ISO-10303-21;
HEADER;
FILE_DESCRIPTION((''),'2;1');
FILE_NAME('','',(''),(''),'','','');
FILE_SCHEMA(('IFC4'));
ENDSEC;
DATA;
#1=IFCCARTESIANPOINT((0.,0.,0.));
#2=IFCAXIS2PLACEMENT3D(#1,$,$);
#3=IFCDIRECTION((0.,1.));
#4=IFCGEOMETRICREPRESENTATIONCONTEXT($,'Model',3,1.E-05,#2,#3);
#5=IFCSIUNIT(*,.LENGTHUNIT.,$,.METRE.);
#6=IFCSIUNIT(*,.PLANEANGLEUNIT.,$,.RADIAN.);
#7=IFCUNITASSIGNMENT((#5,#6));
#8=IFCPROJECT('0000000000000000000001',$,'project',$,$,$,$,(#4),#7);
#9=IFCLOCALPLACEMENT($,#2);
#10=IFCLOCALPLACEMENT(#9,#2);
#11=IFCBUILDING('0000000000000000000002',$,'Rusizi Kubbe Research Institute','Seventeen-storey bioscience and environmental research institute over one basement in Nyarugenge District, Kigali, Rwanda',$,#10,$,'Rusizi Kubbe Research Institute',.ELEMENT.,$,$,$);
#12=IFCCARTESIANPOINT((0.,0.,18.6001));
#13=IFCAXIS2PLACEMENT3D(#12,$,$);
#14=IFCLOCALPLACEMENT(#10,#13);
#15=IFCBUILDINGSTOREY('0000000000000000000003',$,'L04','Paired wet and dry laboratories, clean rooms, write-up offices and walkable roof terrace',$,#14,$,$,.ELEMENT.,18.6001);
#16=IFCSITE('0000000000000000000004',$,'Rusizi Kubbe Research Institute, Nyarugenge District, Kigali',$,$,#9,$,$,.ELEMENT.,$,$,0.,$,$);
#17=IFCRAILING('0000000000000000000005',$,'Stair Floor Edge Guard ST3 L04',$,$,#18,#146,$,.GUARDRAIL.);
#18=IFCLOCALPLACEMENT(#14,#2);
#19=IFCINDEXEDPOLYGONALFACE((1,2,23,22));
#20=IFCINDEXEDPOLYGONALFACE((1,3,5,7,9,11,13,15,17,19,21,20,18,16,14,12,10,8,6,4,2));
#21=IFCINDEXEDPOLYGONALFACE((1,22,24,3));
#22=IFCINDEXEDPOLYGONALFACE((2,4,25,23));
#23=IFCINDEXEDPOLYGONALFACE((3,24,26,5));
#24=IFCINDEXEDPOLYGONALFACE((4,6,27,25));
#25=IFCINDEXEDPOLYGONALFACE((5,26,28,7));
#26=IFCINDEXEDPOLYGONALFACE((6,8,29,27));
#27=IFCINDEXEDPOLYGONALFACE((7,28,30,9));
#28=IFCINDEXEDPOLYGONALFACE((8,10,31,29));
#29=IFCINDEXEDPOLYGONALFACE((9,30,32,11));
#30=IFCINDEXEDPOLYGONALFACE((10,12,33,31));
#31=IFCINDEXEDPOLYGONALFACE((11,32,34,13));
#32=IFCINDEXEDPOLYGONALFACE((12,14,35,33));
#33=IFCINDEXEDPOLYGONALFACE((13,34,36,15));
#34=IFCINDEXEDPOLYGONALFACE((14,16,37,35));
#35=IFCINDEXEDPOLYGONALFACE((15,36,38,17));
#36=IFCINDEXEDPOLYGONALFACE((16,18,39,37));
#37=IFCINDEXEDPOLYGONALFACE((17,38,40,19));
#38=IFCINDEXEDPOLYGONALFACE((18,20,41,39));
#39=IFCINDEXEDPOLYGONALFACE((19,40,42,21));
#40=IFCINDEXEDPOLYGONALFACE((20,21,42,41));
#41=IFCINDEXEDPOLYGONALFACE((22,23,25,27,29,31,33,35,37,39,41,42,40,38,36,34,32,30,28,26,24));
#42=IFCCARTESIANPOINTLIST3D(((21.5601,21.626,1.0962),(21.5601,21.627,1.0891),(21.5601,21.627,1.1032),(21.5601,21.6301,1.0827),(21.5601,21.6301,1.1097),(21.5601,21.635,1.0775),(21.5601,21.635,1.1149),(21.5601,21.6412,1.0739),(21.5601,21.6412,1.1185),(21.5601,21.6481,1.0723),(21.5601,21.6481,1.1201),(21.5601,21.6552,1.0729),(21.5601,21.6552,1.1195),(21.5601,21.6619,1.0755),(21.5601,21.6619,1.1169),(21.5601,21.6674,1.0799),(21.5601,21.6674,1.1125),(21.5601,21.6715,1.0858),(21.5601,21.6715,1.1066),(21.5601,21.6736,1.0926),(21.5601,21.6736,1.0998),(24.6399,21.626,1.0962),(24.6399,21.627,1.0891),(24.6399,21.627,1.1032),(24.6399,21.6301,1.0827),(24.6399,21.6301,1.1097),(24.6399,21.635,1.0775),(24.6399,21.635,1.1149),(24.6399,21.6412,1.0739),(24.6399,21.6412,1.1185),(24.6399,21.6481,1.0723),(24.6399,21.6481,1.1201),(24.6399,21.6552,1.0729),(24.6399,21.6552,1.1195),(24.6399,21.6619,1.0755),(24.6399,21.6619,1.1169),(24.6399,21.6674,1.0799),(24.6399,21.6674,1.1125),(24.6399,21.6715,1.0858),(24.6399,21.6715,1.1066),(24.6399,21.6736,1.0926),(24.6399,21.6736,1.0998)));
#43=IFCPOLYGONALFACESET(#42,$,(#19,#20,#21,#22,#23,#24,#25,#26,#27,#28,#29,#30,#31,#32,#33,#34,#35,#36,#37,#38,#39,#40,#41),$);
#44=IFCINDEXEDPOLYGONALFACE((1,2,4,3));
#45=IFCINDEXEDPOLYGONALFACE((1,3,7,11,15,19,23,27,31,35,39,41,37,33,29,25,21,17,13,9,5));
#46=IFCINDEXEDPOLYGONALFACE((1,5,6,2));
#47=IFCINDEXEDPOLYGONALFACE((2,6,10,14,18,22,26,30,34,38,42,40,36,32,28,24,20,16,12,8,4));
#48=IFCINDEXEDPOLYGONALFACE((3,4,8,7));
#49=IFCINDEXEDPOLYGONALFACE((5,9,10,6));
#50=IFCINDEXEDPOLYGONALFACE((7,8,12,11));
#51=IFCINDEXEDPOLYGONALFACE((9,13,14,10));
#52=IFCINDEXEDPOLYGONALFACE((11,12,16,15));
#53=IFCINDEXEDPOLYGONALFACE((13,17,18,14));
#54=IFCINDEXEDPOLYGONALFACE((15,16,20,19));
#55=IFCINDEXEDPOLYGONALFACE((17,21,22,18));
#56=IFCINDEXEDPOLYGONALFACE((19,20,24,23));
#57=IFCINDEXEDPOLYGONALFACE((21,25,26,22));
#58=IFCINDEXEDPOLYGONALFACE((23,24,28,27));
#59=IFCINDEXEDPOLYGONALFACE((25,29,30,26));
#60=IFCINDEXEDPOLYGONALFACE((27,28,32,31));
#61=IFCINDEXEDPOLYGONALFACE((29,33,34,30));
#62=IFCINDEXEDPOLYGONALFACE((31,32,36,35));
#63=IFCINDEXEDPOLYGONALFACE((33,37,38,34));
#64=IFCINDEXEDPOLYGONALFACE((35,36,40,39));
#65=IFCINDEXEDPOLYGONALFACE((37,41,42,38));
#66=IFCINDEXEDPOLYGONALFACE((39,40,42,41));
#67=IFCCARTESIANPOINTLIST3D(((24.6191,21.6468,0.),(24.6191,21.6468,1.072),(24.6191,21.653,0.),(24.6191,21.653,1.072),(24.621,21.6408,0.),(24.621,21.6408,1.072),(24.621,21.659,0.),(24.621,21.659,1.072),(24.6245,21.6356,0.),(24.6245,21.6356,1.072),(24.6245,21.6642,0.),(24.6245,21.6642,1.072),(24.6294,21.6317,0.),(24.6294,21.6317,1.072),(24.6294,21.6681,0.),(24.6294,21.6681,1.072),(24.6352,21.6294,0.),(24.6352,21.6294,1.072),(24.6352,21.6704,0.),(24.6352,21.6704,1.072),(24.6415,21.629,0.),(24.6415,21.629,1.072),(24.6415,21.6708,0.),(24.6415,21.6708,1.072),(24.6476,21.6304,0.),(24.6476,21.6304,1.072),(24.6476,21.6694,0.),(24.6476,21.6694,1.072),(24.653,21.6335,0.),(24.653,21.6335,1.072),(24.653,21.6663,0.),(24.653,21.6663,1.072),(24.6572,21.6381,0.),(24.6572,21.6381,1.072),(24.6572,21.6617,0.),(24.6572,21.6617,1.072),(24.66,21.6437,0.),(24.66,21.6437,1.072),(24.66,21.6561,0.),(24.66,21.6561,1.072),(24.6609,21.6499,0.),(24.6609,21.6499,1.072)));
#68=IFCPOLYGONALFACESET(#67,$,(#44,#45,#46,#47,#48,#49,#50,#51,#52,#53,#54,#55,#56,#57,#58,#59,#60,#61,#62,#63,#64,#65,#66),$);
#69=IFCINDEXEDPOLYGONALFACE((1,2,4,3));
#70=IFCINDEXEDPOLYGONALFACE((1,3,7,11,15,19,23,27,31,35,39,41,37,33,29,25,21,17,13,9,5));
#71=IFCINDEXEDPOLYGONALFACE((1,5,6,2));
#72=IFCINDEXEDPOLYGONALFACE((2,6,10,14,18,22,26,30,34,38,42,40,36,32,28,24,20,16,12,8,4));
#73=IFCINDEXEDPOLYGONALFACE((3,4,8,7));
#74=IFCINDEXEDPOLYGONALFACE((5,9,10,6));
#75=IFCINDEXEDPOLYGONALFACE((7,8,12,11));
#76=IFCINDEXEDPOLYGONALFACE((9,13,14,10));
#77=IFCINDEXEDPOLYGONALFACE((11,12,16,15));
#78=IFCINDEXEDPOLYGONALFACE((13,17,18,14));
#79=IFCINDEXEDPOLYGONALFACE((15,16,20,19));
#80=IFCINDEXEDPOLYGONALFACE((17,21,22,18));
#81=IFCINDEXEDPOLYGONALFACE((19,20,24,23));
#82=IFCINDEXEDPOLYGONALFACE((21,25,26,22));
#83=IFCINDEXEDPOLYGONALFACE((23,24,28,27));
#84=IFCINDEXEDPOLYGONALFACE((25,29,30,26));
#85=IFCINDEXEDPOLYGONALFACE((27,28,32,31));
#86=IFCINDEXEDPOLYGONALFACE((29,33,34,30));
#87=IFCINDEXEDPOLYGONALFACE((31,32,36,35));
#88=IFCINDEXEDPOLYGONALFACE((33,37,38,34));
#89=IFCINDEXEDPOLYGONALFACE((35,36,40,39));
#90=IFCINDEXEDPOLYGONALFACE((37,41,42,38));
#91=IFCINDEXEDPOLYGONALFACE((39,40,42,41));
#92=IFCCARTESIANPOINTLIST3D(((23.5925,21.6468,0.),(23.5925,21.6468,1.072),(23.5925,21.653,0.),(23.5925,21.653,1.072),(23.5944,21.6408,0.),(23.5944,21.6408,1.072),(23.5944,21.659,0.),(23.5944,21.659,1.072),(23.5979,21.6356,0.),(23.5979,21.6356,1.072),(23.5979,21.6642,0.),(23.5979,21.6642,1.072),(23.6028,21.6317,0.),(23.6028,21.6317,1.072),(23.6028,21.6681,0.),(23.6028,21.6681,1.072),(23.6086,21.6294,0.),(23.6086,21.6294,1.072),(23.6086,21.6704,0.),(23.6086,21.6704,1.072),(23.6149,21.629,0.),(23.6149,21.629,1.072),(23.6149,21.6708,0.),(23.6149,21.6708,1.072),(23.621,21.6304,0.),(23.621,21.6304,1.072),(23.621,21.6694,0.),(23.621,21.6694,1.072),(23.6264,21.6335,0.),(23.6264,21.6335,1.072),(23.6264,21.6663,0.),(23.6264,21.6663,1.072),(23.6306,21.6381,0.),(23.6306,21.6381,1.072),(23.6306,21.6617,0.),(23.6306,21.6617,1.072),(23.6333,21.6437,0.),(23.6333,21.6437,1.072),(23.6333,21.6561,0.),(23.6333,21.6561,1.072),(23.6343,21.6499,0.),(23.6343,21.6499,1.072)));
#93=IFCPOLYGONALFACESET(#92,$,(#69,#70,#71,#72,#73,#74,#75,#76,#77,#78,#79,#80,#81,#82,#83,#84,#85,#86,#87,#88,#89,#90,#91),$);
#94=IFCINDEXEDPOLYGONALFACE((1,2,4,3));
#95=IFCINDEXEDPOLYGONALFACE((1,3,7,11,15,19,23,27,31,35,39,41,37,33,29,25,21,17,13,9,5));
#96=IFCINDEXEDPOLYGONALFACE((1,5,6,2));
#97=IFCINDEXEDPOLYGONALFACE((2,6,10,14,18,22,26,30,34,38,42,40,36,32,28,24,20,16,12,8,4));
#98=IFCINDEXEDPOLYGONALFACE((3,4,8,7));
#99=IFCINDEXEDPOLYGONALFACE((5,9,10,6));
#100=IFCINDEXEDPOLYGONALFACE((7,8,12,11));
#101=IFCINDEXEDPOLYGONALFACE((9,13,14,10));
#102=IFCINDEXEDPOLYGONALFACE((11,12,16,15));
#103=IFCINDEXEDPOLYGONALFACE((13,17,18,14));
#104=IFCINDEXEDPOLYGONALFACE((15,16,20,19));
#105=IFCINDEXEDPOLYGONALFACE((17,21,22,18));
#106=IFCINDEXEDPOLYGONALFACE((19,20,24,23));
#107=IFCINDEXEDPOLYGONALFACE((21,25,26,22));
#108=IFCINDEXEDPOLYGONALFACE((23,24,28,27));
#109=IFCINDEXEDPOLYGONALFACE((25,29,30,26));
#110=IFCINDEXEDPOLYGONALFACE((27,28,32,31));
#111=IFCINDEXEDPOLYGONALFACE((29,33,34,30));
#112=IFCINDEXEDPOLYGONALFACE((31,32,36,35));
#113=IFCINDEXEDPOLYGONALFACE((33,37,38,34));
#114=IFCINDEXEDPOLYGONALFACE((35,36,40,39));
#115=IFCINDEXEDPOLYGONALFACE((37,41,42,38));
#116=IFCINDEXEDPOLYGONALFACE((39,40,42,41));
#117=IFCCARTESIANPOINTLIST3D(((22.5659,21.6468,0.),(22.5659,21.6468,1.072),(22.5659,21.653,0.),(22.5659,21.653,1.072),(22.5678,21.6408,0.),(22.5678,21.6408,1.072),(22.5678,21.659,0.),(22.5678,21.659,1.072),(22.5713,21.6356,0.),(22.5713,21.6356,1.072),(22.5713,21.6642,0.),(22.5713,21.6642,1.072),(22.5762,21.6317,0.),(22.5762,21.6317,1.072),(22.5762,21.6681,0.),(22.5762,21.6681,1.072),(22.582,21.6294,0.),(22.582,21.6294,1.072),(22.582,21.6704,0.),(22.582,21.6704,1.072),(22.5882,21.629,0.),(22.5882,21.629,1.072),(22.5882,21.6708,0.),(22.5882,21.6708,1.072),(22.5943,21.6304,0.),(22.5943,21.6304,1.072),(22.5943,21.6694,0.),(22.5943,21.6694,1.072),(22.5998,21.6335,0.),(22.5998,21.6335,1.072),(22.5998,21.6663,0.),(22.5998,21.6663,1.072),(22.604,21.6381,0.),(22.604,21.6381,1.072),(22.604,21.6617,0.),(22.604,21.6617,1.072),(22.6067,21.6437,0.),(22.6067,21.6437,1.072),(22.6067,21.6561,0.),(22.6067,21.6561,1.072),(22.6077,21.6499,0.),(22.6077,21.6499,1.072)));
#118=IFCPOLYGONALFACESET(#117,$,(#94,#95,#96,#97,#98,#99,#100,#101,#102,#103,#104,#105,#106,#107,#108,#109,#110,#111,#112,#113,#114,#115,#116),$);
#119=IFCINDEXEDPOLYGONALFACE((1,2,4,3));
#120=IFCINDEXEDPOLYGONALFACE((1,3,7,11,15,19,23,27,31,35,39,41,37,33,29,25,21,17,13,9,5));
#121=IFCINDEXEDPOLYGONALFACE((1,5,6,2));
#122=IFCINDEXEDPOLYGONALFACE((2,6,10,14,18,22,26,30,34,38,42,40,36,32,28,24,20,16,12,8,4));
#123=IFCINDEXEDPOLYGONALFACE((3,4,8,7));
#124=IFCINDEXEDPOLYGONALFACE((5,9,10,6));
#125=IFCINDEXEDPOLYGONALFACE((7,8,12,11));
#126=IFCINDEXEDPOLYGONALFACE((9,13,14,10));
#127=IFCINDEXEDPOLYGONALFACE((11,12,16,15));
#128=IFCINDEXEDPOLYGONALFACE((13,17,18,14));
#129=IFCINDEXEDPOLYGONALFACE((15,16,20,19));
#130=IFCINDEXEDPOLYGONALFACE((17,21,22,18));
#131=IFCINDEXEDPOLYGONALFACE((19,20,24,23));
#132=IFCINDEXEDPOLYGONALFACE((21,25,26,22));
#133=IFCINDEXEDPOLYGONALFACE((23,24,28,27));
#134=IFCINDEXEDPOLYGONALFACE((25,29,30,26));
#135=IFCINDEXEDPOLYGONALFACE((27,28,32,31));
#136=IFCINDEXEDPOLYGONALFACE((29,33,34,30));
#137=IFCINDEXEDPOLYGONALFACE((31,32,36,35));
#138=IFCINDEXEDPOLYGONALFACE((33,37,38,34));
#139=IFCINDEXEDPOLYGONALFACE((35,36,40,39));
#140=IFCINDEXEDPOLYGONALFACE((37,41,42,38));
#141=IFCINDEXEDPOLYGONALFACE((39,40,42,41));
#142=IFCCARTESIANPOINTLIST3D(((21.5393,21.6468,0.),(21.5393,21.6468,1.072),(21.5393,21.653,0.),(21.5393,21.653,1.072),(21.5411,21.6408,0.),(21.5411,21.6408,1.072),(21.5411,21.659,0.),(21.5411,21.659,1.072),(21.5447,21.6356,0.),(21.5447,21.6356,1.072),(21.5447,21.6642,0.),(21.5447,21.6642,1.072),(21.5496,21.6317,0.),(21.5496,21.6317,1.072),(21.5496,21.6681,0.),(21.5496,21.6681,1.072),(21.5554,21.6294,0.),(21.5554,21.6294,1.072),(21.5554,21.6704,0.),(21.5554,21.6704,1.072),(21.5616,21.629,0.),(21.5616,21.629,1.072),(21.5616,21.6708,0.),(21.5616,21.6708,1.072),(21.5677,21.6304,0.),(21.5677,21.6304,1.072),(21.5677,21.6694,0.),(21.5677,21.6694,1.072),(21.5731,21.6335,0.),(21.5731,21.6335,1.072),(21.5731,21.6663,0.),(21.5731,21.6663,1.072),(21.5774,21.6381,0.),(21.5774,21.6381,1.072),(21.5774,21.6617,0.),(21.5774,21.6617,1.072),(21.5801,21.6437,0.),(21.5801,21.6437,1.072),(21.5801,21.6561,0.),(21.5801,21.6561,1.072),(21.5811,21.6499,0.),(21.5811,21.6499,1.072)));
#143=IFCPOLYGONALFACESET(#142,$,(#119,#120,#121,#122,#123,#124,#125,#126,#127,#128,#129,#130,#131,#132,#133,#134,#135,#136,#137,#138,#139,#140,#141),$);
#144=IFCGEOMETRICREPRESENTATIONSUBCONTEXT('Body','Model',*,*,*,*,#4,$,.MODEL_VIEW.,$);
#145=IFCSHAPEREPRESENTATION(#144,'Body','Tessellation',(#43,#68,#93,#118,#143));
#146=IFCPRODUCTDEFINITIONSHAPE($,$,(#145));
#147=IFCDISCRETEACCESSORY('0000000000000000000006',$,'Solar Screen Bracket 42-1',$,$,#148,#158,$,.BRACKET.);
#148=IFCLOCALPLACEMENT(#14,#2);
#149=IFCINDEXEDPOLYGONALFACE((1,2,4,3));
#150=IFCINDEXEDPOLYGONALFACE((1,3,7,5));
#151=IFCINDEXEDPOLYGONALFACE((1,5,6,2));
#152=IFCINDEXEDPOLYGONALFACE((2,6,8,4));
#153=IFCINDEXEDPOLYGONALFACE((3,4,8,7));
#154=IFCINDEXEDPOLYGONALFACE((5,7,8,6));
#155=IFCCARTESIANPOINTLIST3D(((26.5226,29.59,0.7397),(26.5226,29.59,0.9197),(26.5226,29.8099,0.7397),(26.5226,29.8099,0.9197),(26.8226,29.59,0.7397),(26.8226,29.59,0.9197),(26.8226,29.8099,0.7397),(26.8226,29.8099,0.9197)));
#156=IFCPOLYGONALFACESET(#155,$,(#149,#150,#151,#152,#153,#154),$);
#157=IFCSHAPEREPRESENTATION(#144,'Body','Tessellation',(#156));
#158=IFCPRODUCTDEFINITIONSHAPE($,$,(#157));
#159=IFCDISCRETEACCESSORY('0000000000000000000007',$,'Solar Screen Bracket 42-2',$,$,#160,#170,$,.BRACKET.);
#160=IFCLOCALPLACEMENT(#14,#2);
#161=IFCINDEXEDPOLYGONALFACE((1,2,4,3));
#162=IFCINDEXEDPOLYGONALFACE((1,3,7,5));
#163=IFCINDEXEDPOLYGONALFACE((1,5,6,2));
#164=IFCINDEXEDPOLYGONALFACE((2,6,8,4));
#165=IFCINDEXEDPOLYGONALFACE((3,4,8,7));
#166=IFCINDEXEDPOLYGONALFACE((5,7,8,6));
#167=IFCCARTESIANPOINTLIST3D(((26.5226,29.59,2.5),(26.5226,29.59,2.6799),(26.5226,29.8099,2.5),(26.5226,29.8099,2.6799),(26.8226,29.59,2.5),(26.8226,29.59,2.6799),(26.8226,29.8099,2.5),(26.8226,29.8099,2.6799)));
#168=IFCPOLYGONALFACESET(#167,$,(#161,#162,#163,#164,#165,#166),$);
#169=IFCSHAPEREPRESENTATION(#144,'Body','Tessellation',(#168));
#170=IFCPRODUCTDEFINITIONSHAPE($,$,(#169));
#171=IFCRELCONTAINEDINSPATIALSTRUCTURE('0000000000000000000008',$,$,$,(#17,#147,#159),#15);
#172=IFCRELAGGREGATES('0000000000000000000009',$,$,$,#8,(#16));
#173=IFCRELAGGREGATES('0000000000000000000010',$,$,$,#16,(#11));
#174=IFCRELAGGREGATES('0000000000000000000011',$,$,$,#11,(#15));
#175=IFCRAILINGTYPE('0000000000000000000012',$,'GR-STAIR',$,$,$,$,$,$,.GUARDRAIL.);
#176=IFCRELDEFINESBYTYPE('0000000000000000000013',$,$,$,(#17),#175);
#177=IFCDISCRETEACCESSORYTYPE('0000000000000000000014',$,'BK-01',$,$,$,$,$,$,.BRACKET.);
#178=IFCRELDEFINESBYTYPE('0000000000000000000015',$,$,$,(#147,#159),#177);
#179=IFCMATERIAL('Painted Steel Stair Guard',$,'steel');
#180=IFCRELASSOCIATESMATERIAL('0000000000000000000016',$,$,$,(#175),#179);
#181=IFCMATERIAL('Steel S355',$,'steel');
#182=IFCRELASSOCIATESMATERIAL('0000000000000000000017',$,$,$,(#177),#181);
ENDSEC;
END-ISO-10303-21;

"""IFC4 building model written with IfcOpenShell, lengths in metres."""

from ifc_helpers import new_model, si_unit, direction, frame, origin, origin_2d, place, context, subcontext, project, spatial, rectangle, circle, extrude, material, type_object, element, save


model = new_model("IFC4")

# Units and contexts
model_context = context("Model", 3, precision=1e-05, world=origin(), true_north=direction((0.0, 1.0)))
body_context = subcontext(model_context, "Body", "Model", "MODEL_VIEW")
ifc_project = project(units=[si_unit("LENGTHUNIT", "METRE"), si_unit("PLANEANGLEUNIT", "RADIAN")], contexts=[model_context])

# Site, building, storey
site_placement = place(None, origin())
site = spatial("IfcSite", under=ifc_project, at=site_placement, Name="Rusizi Kubbe Research Institute, Nyarugenge District, Kigali", CompositionType="ELEMENT", RefElevation=0.0)
building_placement = place(site_placement, origin())
building = spatial("IfcBuilding", under=site, at=building_placement, Name="Rusizi Kubbe Research Institute", Description="Seventeen-storey bioscience and environmental research institute over one basement in Nyarugenge District, Kigali, Rwanda", LongName="Rusizi Kubbe Research Institute", CompositionType="ELEMENT")
storey_placement = place(building_placement, frame((0.0, 0.0, 18.6001)))
storey = spatial("IfcBuildingStorey", under=building, at=storey_placement, Name="L04", Description="Paired wet and dry laboratories, clean rooms, write-up offices and walkable roof terrace", CompositionType="ELEMENT", Elevation=18.6001)

# Railing
ifc_material_1 = material(Name="Painted Steel Stair Guard", Category="steel")
railing_type = type_object("IfcRailingType", Name="GR-STAIR", PredefinedType="GUARDRAIL", material=ifc_material_1)
railing_placement = place(storey_placement, frame((24.6399, 21.6499, 0.0)))
element("IfcRailing", 1, at=railing_placement, inside=storey, type_object=railing_type, Name="Stair Floor Edge Guard ST3 L04", PredefinedType="GUARDRAIL", context=body_context, shape_type="SweptSolid", body=[
    extrude(circle(Radius=0.0239, at=origin_2d()), frame((0.0, 0.0, 1.0962), z_axis=(-1.0, 0.0, 0.0), x_axis=(0.0, -1.0, 0.0)), (0.0, 0.0, 1.0), 3.0798),
    extrude(circle(Radius=0.021, at=origin_2d()), origin(), (0.0, 0.0, 1.0), 1.072),
    extrude(circle(Radius=0.021, at=origin_2d()), frame((-1.0266, 0.0, 0.0)), (0.0, 0.0, 1.0), 1.072),
    extrude(circle(Radius=0.021, at=origin_2d()), frame((-2.0532, 0.0, 0.0)), (0.0, 0.0, 1.0), 1.072),
    extrude(circle(Radius=0.021, at=origin_2d()), frame((-3.0798, 0.0, 0.0)), (0.0, 0.0, 1.0), 1.072),
])

# Discrete accessories
ifc_material_2 = material(Name="Steel S355", Category="steel")
discrete_accessory_type = type_object("IfcDiscreteAccessoryType", Name="BK-01", PredefinedType="BRACKET", material=ifc_material_2)
for number, where, z_axis, x_axis, name in (
    (2, (26.6726, 29.7, 0.7397), (0.0, 0.0, 1.0), (1.0, 0.0, 0.0), "Solar Screen Bracket 42-1"),
    (3, (26.6726, 29.7, 2.5), (0.0, 0.0, 1.0), (1.0, 0.0, 0.0), "Solar Screen Bracket 42-2"),
):
    element("IfcDiscreteAccessory", number, at=place(storey_placement, frame(where, z_axis=z_axis, x_axis=x_axis)), inside=storey, type_object=discrete_accessory_type, Name=name, PredefinedType="BRACKET", context=body_context, shape_type="SweptSolid", body=[
        extrude(rectangle(XDim=0.3, YDim=0.22, at=origin_2d()), origin(), (0.0, 0.0, 1.0), 0.1799),
    ])

save(model, "model.ifc")
